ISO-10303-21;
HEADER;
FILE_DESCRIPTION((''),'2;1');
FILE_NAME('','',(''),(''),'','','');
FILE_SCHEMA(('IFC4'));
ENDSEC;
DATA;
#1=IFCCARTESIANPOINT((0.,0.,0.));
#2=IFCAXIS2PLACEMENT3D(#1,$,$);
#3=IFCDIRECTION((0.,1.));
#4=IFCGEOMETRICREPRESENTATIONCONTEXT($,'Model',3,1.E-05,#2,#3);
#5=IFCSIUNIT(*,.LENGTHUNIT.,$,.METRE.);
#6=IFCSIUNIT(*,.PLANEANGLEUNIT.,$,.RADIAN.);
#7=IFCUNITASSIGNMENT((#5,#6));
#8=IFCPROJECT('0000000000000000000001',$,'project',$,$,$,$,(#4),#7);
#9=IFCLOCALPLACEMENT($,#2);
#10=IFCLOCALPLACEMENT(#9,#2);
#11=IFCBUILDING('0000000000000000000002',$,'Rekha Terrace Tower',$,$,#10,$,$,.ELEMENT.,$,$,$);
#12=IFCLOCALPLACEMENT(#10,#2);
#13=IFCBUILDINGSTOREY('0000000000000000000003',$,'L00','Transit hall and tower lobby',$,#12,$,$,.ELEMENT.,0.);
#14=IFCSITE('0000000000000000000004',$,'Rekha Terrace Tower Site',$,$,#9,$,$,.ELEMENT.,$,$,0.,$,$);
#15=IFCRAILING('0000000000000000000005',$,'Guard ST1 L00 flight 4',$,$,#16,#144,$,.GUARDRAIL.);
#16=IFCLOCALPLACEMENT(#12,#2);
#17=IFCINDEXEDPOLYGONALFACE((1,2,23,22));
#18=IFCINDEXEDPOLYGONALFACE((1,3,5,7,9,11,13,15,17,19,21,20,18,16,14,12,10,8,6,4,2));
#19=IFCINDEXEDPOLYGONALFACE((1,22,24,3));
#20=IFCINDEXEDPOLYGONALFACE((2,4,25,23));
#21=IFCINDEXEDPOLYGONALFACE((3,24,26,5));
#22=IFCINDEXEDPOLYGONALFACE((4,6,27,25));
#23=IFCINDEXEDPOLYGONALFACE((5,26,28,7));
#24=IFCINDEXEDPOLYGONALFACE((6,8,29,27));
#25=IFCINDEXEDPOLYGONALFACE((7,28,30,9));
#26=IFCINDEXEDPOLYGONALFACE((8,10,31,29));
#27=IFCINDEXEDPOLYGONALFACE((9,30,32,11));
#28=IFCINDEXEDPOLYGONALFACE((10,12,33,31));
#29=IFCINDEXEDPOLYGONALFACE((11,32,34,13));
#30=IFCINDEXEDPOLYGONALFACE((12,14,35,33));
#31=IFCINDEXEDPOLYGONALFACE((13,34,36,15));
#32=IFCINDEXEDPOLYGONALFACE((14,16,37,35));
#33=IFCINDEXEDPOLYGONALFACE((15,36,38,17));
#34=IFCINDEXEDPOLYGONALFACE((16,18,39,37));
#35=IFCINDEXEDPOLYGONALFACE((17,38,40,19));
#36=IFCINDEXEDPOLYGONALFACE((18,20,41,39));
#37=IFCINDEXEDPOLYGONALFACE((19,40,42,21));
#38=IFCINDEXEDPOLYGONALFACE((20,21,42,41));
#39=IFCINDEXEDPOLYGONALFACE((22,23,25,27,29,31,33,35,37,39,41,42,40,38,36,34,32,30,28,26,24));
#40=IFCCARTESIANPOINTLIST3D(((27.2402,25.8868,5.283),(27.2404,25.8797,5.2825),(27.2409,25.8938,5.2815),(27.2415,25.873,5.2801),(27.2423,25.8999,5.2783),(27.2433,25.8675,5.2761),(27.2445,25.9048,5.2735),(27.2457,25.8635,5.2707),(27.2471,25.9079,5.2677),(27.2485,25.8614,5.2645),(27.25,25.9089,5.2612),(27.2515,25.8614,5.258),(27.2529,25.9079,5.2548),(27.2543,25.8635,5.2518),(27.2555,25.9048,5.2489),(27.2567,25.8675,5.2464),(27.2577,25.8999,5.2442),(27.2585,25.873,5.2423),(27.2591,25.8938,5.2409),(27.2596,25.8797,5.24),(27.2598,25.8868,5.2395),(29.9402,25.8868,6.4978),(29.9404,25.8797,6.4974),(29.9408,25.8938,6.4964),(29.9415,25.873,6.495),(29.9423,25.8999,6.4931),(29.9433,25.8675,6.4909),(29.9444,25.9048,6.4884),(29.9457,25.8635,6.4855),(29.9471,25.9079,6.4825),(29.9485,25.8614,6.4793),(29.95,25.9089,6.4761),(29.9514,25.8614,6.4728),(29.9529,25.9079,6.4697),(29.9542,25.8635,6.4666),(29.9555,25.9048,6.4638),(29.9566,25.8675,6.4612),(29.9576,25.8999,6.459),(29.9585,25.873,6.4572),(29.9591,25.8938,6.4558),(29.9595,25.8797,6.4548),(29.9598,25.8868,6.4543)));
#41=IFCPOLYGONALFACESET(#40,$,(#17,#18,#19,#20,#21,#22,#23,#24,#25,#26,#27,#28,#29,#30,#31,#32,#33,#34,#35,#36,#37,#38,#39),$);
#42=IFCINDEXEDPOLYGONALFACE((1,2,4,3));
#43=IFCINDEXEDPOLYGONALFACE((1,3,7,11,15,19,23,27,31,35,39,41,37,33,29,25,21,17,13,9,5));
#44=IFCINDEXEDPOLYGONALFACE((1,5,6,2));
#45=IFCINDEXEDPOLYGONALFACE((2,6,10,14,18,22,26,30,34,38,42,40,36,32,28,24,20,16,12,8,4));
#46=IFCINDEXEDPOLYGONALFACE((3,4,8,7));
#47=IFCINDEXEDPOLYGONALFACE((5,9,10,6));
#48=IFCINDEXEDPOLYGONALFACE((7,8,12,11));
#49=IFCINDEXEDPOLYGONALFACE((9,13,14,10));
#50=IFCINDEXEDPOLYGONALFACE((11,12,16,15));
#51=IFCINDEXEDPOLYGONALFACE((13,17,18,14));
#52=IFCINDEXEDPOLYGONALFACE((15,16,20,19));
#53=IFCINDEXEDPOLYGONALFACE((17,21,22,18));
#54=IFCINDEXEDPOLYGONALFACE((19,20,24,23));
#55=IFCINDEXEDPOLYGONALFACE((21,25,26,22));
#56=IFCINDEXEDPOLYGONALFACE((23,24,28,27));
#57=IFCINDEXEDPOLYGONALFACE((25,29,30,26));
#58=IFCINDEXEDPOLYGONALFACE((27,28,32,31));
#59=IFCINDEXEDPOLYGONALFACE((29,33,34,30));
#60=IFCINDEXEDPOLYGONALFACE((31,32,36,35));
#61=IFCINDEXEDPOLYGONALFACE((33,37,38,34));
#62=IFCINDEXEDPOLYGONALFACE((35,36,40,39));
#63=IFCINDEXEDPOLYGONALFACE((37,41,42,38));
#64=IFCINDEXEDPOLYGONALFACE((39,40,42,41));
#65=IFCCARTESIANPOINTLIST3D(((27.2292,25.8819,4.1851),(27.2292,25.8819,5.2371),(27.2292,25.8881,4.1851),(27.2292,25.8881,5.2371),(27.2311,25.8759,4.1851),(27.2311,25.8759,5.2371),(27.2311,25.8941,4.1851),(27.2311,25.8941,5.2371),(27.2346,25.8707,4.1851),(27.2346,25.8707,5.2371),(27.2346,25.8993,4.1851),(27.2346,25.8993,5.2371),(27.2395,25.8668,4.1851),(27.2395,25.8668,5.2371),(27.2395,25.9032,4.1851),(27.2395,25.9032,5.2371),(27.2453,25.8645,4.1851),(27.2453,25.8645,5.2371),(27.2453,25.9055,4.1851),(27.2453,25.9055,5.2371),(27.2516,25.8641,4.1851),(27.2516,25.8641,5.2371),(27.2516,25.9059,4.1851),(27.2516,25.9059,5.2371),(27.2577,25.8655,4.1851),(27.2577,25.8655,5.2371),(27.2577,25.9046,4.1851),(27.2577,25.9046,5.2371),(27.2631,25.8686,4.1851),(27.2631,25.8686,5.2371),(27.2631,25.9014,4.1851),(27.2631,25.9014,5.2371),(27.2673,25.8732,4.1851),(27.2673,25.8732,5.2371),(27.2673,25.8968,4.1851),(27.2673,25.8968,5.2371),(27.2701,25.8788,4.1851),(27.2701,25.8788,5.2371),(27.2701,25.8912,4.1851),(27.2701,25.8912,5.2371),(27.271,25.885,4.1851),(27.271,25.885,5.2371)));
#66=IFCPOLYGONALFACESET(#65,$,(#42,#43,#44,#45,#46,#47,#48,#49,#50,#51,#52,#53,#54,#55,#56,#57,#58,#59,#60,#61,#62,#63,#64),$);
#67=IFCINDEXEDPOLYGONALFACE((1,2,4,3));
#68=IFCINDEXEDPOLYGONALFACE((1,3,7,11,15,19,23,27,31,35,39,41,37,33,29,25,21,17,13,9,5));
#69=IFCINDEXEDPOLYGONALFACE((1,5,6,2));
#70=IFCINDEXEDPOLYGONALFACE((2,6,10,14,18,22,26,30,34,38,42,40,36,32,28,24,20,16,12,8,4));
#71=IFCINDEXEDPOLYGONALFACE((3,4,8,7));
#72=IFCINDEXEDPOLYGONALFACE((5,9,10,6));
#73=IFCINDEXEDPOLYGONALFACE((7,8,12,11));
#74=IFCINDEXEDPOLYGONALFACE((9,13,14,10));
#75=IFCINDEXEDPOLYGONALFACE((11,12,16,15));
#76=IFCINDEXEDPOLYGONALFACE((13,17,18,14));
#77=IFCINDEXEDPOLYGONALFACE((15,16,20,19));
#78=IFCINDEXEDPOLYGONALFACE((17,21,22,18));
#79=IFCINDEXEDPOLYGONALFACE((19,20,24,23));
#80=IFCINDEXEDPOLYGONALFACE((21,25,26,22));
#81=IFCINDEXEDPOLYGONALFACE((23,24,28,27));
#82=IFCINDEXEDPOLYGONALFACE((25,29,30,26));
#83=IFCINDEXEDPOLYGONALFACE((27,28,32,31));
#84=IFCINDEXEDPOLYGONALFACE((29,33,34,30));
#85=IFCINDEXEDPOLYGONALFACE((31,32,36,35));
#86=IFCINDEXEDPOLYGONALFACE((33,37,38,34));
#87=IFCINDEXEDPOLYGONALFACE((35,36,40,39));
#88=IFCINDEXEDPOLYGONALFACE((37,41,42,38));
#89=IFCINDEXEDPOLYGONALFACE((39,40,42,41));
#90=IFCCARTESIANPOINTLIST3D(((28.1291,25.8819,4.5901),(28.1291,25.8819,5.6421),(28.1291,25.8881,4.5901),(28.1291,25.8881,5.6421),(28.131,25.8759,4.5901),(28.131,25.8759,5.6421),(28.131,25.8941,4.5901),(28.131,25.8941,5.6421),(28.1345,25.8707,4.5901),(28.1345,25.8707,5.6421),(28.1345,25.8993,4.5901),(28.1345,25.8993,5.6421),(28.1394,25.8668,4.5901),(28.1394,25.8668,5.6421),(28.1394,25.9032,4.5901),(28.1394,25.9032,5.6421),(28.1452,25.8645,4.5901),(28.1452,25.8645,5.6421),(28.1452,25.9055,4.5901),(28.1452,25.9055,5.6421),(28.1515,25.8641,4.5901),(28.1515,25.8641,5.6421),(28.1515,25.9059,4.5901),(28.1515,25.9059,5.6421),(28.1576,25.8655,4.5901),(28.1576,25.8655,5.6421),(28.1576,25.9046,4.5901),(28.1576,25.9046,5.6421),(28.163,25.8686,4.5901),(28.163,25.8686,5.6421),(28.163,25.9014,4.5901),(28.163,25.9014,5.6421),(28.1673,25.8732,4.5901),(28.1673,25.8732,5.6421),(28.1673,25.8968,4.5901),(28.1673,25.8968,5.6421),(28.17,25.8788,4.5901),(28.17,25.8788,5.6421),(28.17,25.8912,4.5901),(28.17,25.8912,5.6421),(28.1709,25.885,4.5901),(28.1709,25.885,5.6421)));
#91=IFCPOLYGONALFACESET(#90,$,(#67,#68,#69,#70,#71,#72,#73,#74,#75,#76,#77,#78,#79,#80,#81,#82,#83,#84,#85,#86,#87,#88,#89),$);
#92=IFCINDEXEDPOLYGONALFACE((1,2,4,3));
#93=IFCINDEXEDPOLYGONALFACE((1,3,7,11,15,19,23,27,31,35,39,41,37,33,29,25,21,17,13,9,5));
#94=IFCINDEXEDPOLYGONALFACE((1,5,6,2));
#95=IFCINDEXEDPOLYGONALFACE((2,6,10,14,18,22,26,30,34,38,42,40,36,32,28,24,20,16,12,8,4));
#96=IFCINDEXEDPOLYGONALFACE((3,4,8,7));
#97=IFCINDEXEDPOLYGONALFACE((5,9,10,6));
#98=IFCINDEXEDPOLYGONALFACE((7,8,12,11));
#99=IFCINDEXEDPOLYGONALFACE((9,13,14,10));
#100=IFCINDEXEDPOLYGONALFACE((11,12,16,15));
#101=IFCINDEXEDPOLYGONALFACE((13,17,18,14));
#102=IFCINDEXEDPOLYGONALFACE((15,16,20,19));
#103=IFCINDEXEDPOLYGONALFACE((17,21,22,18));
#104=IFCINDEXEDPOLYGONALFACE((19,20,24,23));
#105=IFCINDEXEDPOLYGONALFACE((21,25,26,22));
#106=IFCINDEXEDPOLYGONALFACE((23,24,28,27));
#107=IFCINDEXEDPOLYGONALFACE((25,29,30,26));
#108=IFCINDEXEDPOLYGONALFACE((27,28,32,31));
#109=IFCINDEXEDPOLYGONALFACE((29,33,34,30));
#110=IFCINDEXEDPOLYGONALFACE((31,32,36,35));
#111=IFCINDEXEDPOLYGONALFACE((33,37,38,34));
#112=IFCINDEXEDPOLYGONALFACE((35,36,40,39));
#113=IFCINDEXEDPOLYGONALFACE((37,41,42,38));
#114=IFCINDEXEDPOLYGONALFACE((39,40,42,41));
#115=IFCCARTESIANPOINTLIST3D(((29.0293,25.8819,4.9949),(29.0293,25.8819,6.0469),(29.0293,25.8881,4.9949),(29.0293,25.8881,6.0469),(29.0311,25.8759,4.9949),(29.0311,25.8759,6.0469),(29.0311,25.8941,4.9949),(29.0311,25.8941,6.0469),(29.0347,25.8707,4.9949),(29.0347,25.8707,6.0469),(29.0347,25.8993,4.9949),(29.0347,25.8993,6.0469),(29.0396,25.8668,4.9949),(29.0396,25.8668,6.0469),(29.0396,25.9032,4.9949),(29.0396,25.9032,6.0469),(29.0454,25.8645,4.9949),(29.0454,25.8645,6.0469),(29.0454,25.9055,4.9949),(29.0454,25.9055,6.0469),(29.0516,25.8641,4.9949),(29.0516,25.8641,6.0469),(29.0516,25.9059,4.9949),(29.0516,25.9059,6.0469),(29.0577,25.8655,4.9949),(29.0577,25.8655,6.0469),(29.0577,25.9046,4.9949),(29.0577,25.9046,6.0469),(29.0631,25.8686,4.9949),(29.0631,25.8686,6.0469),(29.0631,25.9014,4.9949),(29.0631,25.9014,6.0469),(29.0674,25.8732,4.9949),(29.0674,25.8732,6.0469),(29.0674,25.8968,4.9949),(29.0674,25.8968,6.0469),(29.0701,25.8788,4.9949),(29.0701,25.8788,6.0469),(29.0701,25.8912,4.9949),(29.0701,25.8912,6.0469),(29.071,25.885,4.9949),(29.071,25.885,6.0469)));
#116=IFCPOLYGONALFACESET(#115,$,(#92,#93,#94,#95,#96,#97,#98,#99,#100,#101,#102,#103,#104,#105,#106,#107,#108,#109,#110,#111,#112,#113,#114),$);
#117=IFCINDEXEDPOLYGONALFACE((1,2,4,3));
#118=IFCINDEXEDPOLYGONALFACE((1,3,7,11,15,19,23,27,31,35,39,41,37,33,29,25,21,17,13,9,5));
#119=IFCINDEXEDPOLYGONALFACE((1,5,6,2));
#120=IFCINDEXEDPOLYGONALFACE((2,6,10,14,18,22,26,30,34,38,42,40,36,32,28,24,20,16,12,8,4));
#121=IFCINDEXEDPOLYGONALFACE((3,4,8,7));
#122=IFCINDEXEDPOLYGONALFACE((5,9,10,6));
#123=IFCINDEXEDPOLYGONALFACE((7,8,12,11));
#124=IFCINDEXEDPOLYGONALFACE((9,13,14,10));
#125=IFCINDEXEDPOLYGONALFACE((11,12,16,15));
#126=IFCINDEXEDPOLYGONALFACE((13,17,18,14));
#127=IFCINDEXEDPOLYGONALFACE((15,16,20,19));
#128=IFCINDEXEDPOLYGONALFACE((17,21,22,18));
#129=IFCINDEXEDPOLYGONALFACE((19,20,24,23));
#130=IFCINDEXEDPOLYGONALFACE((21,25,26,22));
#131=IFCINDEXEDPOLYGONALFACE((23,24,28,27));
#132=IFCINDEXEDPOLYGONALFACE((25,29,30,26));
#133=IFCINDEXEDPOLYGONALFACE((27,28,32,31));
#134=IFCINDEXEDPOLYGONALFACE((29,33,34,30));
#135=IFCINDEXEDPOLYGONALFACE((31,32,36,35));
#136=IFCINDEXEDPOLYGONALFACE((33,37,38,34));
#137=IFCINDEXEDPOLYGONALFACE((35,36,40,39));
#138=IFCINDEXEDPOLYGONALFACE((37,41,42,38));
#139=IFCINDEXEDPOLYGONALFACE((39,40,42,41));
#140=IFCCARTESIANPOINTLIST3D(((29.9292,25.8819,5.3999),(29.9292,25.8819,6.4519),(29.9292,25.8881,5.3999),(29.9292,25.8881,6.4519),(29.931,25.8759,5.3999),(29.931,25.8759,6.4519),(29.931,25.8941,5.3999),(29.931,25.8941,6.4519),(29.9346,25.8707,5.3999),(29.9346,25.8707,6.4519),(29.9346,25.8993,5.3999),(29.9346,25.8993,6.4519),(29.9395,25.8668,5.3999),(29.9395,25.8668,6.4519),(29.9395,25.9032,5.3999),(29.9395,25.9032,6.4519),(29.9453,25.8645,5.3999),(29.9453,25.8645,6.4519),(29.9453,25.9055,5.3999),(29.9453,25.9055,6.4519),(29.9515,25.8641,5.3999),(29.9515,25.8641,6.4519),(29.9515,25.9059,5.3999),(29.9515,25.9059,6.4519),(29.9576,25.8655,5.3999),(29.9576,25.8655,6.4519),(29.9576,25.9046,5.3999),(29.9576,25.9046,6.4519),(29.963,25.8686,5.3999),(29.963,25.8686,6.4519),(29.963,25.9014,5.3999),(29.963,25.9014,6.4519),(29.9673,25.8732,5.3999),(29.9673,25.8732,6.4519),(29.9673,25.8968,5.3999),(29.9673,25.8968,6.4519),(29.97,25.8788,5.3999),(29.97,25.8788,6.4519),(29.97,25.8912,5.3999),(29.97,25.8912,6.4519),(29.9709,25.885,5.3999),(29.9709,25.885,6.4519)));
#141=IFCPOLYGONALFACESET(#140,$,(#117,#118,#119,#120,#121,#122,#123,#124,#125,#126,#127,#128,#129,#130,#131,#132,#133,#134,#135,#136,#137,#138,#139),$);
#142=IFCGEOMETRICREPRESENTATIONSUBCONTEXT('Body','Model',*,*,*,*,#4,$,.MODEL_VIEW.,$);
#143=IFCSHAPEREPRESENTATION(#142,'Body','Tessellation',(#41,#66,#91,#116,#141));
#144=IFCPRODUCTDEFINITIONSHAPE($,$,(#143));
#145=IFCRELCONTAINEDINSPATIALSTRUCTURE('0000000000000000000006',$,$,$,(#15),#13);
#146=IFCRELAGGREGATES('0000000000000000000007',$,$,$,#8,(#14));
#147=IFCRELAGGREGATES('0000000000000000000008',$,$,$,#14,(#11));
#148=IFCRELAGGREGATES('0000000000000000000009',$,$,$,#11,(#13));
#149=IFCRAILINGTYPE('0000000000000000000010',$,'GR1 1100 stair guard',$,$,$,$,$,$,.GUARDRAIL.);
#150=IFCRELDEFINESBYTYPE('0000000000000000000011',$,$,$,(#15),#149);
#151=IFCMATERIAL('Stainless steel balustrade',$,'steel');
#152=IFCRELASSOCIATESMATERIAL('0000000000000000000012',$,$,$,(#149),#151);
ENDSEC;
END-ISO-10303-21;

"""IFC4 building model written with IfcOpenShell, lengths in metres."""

from ifc_helpers import new_model, si_unit, direction, frame, origin, origin_2d, place, context, subcontext, project, spatial, circle, extrude, material, type_object, element, save


model = new_model("IFC4")

# Units and contexts
model_context = context("Model", 3, precision=1e-05, world=origin(), true_north=direction((0.0, 1.0)))
body_context = subcontext(model_context, "Body", "Model", "MODEL_VIEW")
ifc_project = project(units=[si_unit("LENGTHUNIT", "METRE"), si_unit("PLANEANGLEUNIT", "RADIAN")], contexts=[model_context])

# Site, building, storey
site_placement = place(None, origin())
site = spatial("IfcSite", under=ifc_project, at=site_placement, Name="Rekha Terrace Tower Site", CompositionType="ELEMENT", RefElevation=0.0)
building_placement = place(site_placement, origin())
building = spatial("IfcBuilding", under=site, at=building_placement, Name="Rekha Terrace Tower", CompositionType="ELEMENT")
storey_placement = place(building_placement, origin())
storey = spatial("IfcBuildingStorey", under=building, at=storey_placement, Name="L00", Description="Transit hall and tower lobby", CompositionType="ELEMENT", Elevation=0.0)

# Railing
ifc_material_1 = material(Name="Stainless steel balustrade", Category="steel")
railing_type_1 = type_object("IfcRailingType", Name="GR1 1100 stair guard", PredefinedType="GUARDRAIL", material=ifc_material_1)
railing_1_placement = place(storey_placement, frame((27.25, 25.885, 4.1851)))
element("IfcRailing", 1, at=railing_1_placement, inside=storey, type_object=railing_type_1, Name="Guard ST1 L00 flight 4", PredefinedType="GUARDRAIL", context=body_context, shape_type="SweptSolid", body=[
    extrude(circle(Radius=0.0239, at=origin_2d()), frame((0.0, 0.0, 1.0762), z_axis=(0.911938, 0.0, 0.410327), x_axis=(0.0, 1.0, 0.0)), (0.0, 0.0, 1.0), 2.9607),
    extrude(circle(Radius=0.021, at=origin_2d()), origin(), (0.0, 0.0, 1.0), 1.052),
    extrude(circle(Radius=0.021, at=origin_2d()), frame((0.8999, 0.0, 0.405)), (0.0, 0.0, 1.0), 1.052),
    extrude(circle(Radius=0.021, at=origin_2d()), frame((1.8, 0.0, 0.8098)), (0.0, 0.0, 1.0), 1.052),
    extrude(circle(Radius=0.021, at=origin_2d()), frame((2.7, 0.0, 1.2148)), (0.0, 0.0, 1.0), 1.052),
])

save(model, "model.ifc")
